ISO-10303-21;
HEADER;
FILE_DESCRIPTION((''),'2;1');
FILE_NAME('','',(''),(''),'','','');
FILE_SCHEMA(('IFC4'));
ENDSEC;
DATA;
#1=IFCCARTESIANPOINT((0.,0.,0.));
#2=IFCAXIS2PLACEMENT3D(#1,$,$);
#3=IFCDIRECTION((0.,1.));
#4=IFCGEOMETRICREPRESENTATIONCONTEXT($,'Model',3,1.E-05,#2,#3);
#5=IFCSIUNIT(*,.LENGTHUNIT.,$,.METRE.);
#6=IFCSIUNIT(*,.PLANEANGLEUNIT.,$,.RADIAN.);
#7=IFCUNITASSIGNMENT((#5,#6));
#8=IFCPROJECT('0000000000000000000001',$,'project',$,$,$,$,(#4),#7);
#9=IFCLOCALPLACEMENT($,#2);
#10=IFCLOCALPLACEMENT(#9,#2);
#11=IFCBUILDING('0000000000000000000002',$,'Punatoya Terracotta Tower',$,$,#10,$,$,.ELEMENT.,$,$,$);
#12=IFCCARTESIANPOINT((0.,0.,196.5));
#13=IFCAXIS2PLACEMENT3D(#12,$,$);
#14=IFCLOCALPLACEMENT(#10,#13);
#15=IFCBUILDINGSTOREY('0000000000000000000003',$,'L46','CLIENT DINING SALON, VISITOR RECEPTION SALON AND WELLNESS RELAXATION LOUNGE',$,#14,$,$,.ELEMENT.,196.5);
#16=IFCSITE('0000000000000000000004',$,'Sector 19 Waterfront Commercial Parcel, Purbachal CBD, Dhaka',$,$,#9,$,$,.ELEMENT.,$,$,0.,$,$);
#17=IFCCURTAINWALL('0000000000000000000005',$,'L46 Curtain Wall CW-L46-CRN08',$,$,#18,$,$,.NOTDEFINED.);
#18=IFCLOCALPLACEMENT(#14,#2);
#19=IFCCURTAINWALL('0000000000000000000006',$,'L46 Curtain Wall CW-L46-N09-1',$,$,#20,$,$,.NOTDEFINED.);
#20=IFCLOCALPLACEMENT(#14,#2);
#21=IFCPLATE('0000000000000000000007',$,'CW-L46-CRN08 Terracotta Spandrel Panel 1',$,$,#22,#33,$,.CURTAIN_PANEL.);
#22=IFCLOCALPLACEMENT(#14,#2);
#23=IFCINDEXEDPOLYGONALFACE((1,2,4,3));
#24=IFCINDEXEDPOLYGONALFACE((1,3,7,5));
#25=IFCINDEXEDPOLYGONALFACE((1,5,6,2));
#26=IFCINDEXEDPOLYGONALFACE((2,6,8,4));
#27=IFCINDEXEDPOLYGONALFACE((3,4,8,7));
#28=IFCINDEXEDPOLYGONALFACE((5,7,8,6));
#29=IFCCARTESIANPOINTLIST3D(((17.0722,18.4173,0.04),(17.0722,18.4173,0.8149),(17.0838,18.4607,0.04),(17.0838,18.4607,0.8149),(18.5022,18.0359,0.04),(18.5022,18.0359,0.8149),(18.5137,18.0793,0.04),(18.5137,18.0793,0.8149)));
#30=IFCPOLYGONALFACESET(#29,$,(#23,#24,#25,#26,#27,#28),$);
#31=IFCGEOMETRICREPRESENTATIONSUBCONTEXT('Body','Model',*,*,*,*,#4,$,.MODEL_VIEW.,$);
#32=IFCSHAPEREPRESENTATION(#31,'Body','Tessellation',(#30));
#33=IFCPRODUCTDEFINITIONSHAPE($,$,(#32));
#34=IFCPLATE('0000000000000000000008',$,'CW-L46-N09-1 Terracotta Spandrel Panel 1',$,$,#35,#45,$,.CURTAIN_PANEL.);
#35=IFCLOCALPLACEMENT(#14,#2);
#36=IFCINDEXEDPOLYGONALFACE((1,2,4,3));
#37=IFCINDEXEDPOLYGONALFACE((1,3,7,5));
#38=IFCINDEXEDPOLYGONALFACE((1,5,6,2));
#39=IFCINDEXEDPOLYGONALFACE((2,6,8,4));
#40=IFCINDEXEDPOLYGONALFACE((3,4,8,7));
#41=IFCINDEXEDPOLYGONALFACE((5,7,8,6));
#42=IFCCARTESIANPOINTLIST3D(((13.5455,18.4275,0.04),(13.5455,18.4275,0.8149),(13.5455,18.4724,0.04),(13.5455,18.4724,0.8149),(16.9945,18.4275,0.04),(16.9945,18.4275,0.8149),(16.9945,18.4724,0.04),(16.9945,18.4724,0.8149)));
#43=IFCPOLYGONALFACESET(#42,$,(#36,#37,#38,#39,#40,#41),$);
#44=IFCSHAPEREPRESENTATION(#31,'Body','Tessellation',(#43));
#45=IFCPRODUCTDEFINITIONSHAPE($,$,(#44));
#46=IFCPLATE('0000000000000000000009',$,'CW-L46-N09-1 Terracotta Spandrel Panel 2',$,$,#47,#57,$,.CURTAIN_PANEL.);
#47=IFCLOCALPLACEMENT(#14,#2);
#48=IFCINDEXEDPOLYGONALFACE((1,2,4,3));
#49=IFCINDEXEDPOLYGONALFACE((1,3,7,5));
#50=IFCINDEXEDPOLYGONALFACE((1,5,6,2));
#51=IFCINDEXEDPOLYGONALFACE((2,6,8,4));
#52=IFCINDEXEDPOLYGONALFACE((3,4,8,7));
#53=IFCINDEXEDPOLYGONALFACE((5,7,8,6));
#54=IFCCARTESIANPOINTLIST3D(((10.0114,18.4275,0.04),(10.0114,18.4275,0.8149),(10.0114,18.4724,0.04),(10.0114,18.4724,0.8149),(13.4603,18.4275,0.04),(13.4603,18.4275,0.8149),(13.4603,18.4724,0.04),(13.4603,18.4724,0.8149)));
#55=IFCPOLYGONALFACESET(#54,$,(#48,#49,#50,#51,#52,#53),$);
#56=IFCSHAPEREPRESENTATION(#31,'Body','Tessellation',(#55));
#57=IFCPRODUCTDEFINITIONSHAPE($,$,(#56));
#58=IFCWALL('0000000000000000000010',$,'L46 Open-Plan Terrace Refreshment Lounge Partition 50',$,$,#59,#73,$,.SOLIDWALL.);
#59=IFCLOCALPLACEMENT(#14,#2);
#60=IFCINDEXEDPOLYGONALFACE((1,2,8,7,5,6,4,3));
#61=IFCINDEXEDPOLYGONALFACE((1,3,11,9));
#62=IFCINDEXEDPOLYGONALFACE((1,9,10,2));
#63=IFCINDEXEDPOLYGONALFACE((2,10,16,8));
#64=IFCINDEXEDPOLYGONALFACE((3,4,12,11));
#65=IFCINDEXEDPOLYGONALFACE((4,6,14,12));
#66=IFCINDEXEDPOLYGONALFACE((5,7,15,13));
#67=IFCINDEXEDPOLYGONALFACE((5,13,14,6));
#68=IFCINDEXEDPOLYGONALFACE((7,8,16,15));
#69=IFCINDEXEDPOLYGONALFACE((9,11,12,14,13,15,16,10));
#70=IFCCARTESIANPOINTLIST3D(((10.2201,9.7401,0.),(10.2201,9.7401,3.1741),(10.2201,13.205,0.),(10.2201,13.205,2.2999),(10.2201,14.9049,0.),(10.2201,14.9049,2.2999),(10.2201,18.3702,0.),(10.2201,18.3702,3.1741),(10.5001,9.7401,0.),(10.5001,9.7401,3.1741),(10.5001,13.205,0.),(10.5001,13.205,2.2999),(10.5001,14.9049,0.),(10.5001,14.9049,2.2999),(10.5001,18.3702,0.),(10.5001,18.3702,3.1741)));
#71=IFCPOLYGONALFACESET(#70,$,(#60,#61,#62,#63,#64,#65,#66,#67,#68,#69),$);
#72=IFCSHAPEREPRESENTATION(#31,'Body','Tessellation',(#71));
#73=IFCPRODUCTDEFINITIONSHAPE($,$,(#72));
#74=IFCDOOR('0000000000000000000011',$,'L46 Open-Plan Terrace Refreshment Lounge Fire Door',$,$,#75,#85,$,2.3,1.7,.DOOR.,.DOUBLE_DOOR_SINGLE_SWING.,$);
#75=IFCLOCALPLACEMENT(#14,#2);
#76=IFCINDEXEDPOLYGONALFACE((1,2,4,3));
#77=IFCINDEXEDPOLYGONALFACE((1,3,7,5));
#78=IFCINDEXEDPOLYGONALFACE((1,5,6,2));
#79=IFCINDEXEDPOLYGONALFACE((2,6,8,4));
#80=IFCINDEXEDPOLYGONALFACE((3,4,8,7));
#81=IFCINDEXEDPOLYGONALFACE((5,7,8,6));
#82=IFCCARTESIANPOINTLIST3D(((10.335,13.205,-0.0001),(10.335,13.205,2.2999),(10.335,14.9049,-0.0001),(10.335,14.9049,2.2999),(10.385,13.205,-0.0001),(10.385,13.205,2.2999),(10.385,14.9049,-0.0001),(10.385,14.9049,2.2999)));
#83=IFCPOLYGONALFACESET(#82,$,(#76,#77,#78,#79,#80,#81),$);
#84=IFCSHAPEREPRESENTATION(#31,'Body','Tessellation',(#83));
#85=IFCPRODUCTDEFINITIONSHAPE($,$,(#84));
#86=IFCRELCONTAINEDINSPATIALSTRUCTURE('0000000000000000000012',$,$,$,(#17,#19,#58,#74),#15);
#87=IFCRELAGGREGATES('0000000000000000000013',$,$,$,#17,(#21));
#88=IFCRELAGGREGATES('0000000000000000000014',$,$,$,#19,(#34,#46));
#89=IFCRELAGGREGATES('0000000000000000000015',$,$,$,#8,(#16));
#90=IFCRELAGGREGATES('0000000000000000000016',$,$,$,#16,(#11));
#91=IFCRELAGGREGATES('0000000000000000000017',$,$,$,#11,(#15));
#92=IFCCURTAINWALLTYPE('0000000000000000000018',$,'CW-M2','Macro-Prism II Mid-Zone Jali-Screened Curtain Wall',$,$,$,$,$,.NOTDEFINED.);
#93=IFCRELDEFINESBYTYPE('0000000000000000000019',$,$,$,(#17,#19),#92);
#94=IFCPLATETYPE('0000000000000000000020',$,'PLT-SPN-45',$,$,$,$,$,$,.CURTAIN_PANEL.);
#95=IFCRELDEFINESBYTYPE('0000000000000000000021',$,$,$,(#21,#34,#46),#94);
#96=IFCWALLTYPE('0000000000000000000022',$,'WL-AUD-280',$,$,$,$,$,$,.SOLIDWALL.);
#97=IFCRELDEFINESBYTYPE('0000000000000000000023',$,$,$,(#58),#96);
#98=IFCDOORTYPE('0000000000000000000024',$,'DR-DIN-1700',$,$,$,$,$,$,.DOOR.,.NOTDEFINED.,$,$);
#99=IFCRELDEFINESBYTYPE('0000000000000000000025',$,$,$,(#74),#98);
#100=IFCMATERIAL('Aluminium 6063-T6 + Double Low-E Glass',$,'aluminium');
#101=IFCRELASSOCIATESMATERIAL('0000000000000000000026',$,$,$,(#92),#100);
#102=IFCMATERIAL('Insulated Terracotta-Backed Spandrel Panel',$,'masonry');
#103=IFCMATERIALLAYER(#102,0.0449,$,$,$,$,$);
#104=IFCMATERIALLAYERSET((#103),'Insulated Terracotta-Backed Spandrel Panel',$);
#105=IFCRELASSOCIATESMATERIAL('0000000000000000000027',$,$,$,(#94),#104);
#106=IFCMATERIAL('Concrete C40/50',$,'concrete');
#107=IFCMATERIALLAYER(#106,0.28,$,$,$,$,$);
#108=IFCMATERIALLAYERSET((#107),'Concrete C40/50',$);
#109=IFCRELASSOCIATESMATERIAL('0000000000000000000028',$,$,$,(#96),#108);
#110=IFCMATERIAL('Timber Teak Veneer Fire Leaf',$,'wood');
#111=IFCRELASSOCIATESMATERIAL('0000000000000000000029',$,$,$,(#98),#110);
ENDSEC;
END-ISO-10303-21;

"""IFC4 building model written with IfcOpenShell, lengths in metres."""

from ifc_helpers import new_model, si_unit, direction, frame, frame_2d, origin, origin_2d, place, context, subcontext, project, spatial, rectangle, extrude, material, layer, layer_set, type_object, element, fill, aggregate, save


model = new_model("IFC4")

# Units and contexts
model_context = context("Model", 3, precision=1e-05, world=origin(), true_north=direction((0.0, 1.0)))
body_context = subcontext(model_context, "Body", "Model", "MODEL_VIEW")
ifc_project = project(units=[si_unit("LENGTHUNIT", "METRE"), si_unit("PLANEANGLEUNIT", "RADIAN")], contexts=[model_context])

# Site, building, storey
site_placement = place(None, origin())
site = spatial("IfcSite", under=ifc_project, at=site_placement, Name="Sector 19 Waterfront Commercial Parcel, Purbachal CBD, Dhaka", CompositionType="ELEMENT", RefElevation=0.0)
building_placement = place(site_placement, origin())
building = spatial("IfcBuilding", under=site, at=building_placement, Name="Punatoya Terracotta Tower", CompositionType="ELEMENT")
storey_placement = place(building_placement, frame((0.0, 0.0, 196.5)))
storey = spatial("IfcBuildingStorey", under=building, at=storey_placement, Name="L46", Description="CLIENT DINING SALON, VISITOR RECEPTION SALON AND WELLNESS RELAXATION LOUNGE", CompositionType="ELEMENT", Elevation=196.5)

# Shared definitions
ifc_material_1 = material(Name="Aluminium 6063-T6 + Double Low-E Glass", Category="aluminium")
curtain_wall_type = type_object("IfcCurtainWallType", Name="CW-M2", Description="Macro-Prism II Mid-Zone Jali-Screened Curtain Wall", PredefinedType="NOTDEFINED", material=ifc_material_1)

# Curtain walls
curtain_wall_1_placement = place(storey_placement, origin())
curtain_wall_1 = element("IfcCurtainWall", 1, at=curtain_wall_1_placement, inside=storey, type_object=curtain_wall_type, Name="L46 Curtain Wall CW-L46-CRN08", PredefinedType="NOTDEFINED")
curtain_wall_2_placement = place(storey_placement, origin())
curtain_wall_2 = element("IfcCurtainWall", 2, at=curtain_wall_2_placement, inside=storey, type_object=curtain_wall_type, Name="L46 Curtain Wall CW-L46-N09-1", PredefinedType="NOTDEFINED")

# Plates
ifc_material_2 = material(Name="Insulated Terracotta-Backed Spandrel Panel", Category="masonry")
ifc_layer_1 = layer(ifc_material_2, 0.0449)
ifc_layer_set_1 = layer_set([ifc_layer_1], Name="Insulated Terracotta-Backed Spandrel Panel")
plate_type_1 = type_object("IfcPlateType", Name="PLT-SPN-45", PredefinedType="CURTAIN_PANEL", material=ifc_layer_set_1)
plate_1_placement = place(storey_placement, frame((17.793, 18.2483, 0.04), z_axis=(0.0, 0.0, 1.0), x_axis=(-0.966214, 0.257742, 0.0)))
plate_1 = element("IfcPlate", 3, at=plate_1_placement, type_object=plate_type_1, Name="CW-L46-CRN08 Terracotta Spandrel Panel 1", PredefinedType="CURTAIN_PANEL", context=body_context, shape_type="SweptSolid", body=[
    extrude(rectangle(XDim=1.48, YDim=0.0449, at=origin_2d()), origin(), (0.0, 0.0, 1.0), 0.7749),
])
aggregate(curtain_wall_1, [plate_1])
plate_2_placement = place(storey_placement, frame((15.27, 18.45, 0.04), z_axis=(0.0, 0.0, 1.0), x_axis=(-1.0, 0.0, 0.0)))
plate_2 = element("IfcPlate", 4, at=plate_2_placement, type_object=plate_type_1, Name="CW-L46-N09-1 Terracotta Spandrel Panel 1", PredefinedType="CURTAIN_PANEL", context=body_context, shape_type="SweptSolid", body=[
    extrude(rectangle(XDim=3.449, YDim=0.0449, at=origin_2d()), origin(), (0.0, 0.0, 1.0), 0.7749),
])
plate_3_placement = place(storey_placement, frame((11.7358, 18.45, 0.04), z_axis=(0.0, 0.0, 1.0), x_axis=(-1.0, 0.0, 0.0)))
plate_3 = element("IfcPlate", 5, at=plate_3_placement, type_object=plate_type_1, Name="CW-L46-N09-1 Terracotta Spandrel Panel 2", PredefinedType="CURTAIN_PANEL", context=body_context, shape_type="SweptSolid", body=[
    extrude(rectangle(XDim=3.449, YDim=0.0449, at=origin_2d()), origin(), (0.0, 0.0, 1.0), 0.7749),
])
aggregate(curtain_wall_2, [plate_2, plate_3])

# Wall, opening, door
ifc_material_3 = material(Name="Concrete C40/50", Category="concrete")
ifc_layer_2 = layer(ifc_material_3, 0.28)
ifc_layer_set_2 = layer_set([ifc_layer_2], Name="Concrete C40/50")
wall_type = type_object("IfcWallType", Name="WL-AUD-280", PredefinedType="SOLIDWALL", material=ifc_layer_set_2)
wall_placement = place(storey_placement, frame((10.3601, 18.3701, 0.0), z_axis=(0.0, 0.0, 1.0), x_axis=(0.0, -1.0, 0.0)))
wall = element("IfcWall", 6, at=wall_placement, inside=storey, type_object=wall_type, Name="L46 Open-Plan Terrace Refreshment Lounge Partition 50", PredefinedType="SOLIDWALL", context=body_context, shape_type="SweptSolid", body=[
    extrude(rectangle(XDim=8.6301, YDim=0.28, at=frame_2d((4.3149, 0.0))), origin(), (0.0, 0.0, 1.0), 3.1741),
])
opening_placement = place(wall_placement, frame((3.4651, 0.0, 0.0)))
opening = element("IfcOpeningElement", 7, at=opening_placement, cuts=wall, PredefinedType="OPENING", context=body_context, shape_type="SweptSolid", body=[
    extrude(rectangle(XDim=1.7, YDim=2.3, at=frame_2d((0.8501, 1.1499))), frame((0.0, 0.1499, 0.0), z_axis=(0.0, -1.0, 0.0), x_axis=(1.0, 0.0, 0.0)), (0.0, 0.0, 1.0), 0.3),
])
ifc_material_4 = material(Name="Timber Teak Veneer Fire Leaf", Category="wood")
door_type = type_object("IfcDoorType", Name="DR-DIN-1700", OperationType="NOTDEFINED", PredefinedType="DOOR", material=ifc_material_4)
door_placement = place(opening_placement, origin())
door = element("IfcDoor", 8, at=door_placement, inside=storey, type_object=door_type, Name="L46 Open-Plan Terrace Refreshment Lounge Fire Door", OperationType="DOUBLE_DOOR_SINGLE_SWING", OverallHeight=2.3, OverallWidth=1.7, PredefinedType="DOOR", context=body_context, shape_type="SweptSolid", body=[
    extrude(rectangle(XDim=1.7, YDim=2.3, at=frame_2d((0.8501, 1.1499))), frame((0.0, 0.0249, 0.0), z_axis=(0.0, -1.0, 0.0), x_axis=(1.0, 0.0, 0.0)), (0.0, 0.0, 1.0), 0.05),
])
fill(opening, door)

save(model, "model.ifc")
